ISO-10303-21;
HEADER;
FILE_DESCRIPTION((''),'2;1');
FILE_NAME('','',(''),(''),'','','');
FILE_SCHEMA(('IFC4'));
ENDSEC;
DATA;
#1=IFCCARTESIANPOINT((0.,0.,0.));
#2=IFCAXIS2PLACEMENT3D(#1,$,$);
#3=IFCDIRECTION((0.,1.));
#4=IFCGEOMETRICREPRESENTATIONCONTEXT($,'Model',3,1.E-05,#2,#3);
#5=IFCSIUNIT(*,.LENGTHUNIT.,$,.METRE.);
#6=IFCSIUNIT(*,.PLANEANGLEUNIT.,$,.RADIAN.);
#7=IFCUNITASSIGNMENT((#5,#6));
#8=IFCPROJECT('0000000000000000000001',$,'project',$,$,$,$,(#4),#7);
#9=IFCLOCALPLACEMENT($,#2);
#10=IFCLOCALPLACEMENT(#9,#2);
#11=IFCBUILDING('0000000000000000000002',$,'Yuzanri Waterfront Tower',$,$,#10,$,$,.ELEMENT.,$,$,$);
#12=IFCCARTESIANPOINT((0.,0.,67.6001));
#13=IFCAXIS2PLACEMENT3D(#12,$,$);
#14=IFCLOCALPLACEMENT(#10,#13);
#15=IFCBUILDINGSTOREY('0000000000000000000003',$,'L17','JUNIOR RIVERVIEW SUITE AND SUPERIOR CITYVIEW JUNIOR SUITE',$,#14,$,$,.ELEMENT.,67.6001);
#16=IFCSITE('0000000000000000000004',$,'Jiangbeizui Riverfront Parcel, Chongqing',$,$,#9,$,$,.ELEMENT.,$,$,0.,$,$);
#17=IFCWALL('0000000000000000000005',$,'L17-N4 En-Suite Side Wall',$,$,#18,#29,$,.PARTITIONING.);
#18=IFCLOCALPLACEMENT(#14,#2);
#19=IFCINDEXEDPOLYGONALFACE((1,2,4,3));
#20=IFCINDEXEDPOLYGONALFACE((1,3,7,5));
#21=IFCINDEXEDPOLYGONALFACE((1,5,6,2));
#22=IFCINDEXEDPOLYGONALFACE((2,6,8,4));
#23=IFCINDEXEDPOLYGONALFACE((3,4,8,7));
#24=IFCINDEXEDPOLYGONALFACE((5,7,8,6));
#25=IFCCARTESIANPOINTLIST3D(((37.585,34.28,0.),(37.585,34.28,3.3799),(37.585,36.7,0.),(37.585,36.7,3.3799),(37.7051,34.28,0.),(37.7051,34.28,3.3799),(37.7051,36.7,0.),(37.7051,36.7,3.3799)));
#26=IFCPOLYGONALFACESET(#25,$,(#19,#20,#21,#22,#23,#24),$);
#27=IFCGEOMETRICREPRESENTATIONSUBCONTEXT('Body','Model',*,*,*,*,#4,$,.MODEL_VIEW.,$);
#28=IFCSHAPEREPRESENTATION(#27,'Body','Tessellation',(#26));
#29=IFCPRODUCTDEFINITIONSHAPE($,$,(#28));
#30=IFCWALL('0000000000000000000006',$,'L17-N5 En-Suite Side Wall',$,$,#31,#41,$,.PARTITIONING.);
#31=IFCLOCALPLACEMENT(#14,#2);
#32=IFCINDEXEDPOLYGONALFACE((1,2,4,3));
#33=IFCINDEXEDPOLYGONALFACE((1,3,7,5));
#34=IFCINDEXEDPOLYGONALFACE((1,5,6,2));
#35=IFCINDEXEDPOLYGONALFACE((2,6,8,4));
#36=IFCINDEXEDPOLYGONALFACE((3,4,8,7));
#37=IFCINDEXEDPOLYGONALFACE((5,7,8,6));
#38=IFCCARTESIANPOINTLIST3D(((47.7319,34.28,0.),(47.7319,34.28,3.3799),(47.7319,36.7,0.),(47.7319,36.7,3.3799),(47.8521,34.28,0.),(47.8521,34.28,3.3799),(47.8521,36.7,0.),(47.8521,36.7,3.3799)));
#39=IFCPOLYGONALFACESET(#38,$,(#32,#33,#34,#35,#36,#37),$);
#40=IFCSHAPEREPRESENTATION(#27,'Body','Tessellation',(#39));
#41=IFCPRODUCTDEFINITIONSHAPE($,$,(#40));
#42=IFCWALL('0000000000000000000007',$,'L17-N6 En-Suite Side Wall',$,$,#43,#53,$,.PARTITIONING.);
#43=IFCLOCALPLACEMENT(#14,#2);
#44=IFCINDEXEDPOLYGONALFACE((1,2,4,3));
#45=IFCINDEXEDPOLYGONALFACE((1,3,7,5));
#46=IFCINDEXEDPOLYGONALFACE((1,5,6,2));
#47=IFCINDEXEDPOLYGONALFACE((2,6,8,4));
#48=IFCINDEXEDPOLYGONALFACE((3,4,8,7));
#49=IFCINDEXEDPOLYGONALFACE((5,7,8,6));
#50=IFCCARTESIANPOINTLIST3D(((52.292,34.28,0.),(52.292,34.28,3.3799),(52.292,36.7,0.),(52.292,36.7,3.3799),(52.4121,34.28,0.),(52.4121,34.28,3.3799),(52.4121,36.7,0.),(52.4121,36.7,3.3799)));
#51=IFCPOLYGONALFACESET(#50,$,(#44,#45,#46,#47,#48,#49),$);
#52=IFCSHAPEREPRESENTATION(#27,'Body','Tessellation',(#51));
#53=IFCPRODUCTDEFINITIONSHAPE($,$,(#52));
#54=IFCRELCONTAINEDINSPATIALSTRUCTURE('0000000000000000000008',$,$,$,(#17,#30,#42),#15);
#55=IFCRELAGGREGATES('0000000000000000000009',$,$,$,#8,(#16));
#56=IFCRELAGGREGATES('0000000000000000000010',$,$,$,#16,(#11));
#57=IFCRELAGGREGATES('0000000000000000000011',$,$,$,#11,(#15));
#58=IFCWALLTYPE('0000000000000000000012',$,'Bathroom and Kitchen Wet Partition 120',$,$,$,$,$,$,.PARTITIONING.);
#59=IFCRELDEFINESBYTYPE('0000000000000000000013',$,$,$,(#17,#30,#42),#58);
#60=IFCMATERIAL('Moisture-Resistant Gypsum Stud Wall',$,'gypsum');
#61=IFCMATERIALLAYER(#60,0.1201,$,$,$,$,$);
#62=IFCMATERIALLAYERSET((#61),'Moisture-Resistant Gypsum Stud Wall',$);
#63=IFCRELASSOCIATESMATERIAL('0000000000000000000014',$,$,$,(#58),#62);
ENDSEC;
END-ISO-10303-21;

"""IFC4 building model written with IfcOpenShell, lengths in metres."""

from ifc_helpers import new_model, si_unit, direction, frame, frame_2d, origin, place, context, subcontext, project, spatial, rectangle, extrude, source, transform, mapped, material, layer, layer_set, type_object, element, save


model = new_model("IFC4")

# Units and contexts
model_context = context("Model", 3, precision=1e-05, world=origin(), true_north=direction((0.0, 1.0)))
body_context = subcontext(model_context, "Body", "Model", "MODEL_VIEW")
ifc_project = project(units=[si_unit("LENGTHUNIT", "METRE"), si_unit("PLANEANGLEUNIT", "RADIAN")], contexts=[model_context])

# Site, building, storey
site_placement = place(None, origin())
site = spatial("IfcSite", under=ifc_project, at=site_placement, Name="Jiangbeizui Riverfront Parcel, Chongqing", CompositionType="ELEMENT", RefElevation=0.0)
building_placement = place(site_placement, origin())
building = spatial("IfcBuilding", under=site, at=building_placement, Name="Yuzanri Waterfront Tower", CompositionType="ELEMENT")
storey_placement = place(building_placement, frame((0.0, 0.0, 67.6001)))
storey = spatial("IfcBuildingStorey", under=building, at=storey_placement, Name="L17", Description="JUNIOR RIVERVIEW SUITE AND SUPERIOR CITYVIEW JUNIOR SUITE", CompositionType="ELEMENT", Elevation=67.6001)

# Shared definitions
ifc_material_1 = material(Name="Moisture-Resistant Gypsum Stud Wall", Category="gypsum")
ifc_layer_1 = layer(ifc_material_1, 0.1201)
ifc_layer_set_1 = layer_set([ifc_layer_1], Name="Moisture-Resistant Gypsum Stud Wall")
wall_type_1 = type_object("IfcWallType", Name="Bathroom and Kitchen Wet Partition 120", PredefinedType="PARTITIONING", material=ifc_layer_set_1)

# Walls
shared_shape_1 = source(origin(), body_context, "Body", "SweptSolid", [
    extrude(rectangle(XDim=2.4199, YDim=0.1201, at=frame_2d((1.21, 0.0))), origin(), (0.0, 0.0, 1.0), 3.3799),
])
for number, where, z_axis, x_axis, name in (
    (1, (37.645, 34.28, 0.0), (0.0, 0.0, 1.0), (0.0, 1.0, 0.0), "L17-N4 En-Suite Side Wall"),
    (2, (47.792, 34.28, 0.0), (0.0, 0.0, 1.0), (0.0, 1.0, 0.0), "L17-N5 En-Suite Side Wall"),
    (3, (52.3521, 34.28, 0.0), (0.0, 0.0, 1.0), (0.0, 1.0, 0.0), "L17-N6 En-Suite Side Wall"),
):
    element("IfcWall", number, at=place(storey_placement, frame(where, z_axis=z_axis, x_axis=x_axis)), inside=storey, type_object=wall_type_1, Name=name, PredefinedType="PARTITIONING", context=body_context, shape_type="MappedRepresentation", body=[
        mapped(shared_shape_1, transform((0.0, 0.0, 0.0), scale=1.0)),
    ])

save(model, "model.ifc")
